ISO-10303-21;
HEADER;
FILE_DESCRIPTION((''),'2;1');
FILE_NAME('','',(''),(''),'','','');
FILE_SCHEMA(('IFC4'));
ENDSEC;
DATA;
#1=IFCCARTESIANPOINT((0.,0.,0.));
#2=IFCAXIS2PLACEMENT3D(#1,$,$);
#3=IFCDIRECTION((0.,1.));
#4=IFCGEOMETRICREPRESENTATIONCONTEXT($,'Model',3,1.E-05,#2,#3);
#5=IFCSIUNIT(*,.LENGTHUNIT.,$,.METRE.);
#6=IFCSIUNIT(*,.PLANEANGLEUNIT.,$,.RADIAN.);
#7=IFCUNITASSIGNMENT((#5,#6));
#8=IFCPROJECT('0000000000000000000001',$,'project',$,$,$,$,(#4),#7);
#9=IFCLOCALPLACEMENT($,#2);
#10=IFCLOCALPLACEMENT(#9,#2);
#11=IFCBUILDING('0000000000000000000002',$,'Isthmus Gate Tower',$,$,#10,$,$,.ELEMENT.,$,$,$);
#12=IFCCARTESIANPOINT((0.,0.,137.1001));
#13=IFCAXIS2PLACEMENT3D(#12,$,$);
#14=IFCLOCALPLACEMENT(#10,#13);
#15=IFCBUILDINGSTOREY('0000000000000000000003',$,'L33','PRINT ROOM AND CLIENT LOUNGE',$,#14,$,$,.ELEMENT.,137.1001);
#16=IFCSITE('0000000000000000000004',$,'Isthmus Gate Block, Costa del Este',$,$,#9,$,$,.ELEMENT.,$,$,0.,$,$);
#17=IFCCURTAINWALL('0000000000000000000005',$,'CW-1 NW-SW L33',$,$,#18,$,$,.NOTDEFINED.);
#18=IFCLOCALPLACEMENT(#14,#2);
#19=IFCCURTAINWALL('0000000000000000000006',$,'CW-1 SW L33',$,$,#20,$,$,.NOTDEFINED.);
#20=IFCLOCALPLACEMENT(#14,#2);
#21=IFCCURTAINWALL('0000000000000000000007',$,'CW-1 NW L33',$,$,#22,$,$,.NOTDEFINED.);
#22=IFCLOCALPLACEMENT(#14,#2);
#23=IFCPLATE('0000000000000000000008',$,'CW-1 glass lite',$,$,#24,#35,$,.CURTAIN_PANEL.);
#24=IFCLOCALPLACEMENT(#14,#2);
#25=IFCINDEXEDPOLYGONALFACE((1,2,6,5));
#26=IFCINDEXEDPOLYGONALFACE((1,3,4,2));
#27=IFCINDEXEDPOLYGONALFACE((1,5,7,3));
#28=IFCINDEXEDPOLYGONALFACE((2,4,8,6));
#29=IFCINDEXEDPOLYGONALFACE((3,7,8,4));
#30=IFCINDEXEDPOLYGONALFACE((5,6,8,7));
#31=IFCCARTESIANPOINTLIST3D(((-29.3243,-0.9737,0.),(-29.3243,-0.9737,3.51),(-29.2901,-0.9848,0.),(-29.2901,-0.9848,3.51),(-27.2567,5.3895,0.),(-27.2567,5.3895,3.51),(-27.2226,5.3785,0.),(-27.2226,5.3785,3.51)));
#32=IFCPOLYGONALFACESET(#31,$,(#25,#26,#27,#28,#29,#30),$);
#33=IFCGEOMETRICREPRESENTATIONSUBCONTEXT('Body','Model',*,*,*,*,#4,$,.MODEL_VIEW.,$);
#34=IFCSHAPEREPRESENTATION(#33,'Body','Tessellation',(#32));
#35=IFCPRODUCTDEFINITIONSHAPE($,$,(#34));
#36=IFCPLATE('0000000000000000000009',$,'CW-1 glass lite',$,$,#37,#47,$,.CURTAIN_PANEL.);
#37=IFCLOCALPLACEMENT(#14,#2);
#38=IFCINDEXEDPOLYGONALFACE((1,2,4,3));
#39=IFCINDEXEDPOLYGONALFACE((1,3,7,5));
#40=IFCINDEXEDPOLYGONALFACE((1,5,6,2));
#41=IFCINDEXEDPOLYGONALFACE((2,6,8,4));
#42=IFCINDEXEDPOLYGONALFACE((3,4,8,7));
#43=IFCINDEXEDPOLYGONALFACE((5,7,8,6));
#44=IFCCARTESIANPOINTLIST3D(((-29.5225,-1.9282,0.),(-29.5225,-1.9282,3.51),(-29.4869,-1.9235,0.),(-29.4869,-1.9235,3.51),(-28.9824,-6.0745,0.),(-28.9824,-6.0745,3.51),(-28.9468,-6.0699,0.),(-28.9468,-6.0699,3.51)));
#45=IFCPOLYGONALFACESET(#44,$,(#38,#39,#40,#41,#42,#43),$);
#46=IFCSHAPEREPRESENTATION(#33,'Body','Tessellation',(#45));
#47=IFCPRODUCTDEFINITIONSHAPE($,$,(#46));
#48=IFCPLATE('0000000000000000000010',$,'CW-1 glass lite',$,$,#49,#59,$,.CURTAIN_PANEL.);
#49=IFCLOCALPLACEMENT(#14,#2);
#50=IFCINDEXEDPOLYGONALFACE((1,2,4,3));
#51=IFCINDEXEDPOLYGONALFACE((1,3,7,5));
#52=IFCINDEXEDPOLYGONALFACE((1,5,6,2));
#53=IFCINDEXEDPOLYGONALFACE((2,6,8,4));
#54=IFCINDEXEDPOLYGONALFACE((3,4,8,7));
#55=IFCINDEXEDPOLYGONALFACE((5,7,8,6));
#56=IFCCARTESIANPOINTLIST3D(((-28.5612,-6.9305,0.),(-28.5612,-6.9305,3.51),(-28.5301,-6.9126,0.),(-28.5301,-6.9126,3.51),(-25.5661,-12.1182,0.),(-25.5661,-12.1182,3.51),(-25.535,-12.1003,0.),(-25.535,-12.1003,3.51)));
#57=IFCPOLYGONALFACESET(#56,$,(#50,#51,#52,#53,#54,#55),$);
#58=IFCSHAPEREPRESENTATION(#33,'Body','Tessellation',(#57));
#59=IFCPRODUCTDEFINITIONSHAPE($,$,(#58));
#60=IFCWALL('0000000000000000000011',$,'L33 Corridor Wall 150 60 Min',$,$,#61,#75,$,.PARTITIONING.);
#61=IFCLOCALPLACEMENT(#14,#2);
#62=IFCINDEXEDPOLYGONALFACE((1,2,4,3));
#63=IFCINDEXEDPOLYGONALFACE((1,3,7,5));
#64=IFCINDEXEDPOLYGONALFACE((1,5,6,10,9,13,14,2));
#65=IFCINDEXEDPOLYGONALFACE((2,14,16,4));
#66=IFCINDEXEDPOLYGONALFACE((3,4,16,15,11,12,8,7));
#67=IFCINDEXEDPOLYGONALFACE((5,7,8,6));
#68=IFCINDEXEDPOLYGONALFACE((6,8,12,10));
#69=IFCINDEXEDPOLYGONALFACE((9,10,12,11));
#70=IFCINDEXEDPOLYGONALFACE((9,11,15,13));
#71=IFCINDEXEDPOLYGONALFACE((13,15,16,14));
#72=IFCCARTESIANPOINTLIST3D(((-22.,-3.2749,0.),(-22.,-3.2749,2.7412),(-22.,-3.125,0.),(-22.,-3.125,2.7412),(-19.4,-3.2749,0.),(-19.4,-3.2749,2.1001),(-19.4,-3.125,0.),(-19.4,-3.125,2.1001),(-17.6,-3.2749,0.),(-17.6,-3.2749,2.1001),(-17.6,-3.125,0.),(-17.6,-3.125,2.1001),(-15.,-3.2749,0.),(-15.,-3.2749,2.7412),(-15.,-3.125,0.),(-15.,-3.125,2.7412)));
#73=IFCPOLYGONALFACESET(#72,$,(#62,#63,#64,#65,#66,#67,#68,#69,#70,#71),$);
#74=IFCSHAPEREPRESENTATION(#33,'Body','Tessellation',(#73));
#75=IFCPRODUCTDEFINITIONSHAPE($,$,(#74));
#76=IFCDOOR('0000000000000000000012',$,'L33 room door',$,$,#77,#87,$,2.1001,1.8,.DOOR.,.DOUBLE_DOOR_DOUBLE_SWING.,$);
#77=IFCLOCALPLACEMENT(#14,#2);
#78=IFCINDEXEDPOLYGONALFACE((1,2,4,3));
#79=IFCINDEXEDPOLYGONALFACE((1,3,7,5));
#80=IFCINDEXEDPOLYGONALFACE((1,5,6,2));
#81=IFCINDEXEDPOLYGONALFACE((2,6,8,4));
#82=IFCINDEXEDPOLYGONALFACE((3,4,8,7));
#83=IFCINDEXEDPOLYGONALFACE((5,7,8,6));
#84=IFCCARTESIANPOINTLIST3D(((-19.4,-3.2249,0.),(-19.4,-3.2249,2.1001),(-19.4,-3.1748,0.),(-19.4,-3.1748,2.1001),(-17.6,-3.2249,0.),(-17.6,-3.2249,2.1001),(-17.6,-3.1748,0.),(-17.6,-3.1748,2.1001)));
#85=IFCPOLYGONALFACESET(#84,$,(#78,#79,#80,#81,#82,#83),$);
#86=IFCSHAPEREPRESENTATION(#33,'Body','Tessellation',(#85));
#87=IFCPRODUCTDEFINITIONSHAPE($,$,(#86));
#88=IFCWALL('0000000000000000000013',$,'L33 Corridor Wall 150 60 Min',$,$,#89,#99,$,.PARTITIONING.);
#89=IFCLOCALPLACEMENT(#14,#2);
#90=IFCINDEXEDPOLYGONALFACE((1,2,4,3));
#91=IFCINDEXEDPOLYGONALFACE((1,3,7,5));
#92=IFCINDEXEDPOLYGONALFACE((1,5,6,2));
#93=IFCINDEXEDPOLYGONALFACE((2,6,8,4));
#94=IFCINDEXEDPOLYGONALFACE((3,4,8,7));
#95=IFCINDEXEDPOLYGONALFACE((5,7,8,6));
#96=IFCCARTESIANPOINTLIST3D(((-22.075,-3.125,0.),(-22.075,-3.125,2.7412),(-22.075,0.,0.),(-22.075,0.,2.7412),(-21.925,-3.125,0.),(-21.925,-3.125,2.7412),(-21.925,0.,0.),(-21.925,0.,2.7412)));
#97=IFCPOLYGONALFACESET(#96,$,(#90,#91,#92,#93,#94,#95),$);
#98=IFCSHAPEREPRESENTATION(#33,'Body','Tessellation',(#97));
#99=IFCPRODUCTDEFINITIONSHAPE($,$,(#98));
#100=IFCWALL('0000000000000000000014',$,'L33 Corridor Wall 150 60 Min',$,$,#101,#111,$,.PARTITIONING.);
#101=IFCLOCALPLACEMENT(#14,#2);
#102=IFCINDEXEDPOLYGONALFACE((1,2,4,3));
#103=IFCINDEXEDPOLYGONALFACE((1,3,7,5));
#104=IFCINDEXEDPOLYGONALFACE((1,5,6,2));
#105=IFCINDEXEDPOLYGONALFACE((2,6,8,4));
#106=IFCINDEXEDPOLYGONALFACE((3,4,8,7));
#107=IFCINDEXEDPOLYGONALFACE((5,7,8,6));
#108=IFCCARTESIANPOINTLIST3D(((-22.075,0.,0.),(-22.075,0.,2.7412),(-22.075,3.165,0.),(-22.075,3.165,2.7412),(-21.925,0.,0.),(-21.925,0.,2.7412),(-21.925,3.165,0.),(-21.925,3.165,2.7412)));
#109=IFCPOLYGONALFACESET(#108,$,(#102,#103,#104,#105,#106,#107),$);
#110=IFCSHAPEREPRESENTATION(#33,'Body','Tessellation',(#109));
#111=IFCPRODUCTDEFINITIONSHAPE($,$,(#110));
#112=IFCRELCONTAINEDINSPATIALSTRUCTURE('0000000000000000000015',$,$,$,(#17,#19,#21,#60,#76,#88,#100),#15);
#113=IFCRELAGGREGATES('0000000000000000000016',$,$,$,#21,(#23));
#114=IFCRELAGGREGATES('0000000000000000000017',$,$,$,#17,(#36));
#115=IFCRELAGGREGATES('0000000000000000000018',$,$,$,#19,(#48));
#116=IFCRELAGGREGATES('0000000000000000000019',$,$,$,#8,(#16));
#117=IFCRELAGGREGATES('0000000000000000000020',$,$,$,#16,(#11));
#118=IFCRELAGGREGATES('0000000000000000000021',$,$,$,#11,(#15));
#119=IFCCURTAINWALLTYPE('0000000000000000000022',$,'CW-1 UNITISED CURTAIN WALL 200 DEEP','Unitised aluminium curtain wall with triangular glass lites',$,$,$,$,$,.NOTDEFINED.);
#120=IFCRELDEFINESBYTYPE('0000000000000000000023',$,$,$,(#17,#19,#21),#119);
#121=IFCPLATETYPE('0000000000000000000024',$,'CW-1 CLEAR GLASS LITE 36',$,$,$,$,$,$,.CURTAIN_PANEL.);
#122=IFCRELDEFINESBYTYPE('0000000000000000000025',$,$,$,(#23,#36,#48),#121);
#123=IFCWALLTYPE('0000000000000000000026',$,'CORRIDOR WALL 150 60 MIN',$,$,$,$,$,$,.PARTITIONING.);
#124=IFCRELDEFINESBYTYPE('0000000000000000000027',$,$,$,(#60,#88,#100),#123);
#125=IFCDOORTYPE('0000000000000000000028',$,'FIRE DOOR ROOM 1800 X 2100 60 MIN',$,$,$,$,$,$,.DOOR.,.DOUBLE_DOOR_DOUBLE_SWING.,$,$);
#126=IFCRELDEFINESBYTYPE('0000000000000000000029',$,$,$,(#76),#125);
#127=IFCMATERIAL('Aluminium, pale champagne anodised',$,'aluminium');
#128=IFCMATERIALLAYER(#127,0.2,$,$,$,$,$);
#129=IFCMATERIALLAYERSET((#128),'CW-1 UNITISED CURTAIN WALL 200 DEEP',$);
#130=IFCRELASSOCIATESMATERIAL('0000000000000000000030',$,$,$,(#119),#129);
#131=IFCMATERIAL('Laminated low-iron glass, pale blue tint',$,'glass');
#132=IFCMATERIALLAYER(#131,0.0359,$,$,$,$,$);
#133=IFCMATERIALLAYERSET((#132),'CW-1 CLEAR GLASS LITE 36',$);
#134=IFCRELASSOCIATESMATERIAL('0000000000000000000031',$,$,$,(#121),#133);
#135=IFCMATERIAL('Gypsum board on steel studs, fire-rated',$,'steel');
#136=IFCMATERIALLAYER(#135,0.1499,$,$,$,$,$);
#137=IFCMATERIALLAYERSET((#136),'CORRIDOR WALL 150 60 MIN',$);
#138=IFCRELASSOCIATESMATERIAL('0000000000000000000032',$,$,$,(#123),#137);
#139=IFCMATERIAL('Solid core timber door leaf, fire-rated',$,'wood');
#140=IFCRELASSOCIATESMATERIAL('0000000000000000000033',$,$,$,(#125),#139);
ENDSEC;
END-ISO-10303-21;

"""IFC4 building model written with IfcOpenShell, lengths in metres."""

from ifc_helpers import new_model, si_unit, direction, frame, frame_2d, origin, origin_2d, place, context, subcontext, project, spatial, rectangle, extrude, material, layer, layer_set, type_object, element, fill, aggregate, save


model = new_model("IFC4")

# Units and contexts
model_context = context("Model", 3, precision=1e-05, world=origin(), true_north=direction((0.0, 1.0)))
body_context = subcontext(model_context, "Body", "Model", "MODEL_VIEW")
ifc_project = project(units=[si_unit("LENGTHUNIT", "METRE"), si_unit("PLANEANGLEUNIT", "RADIAN")], contexts=[model_context])

# Site, building, storey
site_placement = place(None, origin())
site = spatial("IfcSite", under=ifc_project, at=site_placement, Name="Isthmus Gate Block, Costa del Este", CompositionType="ELEMENT", RefElevation=0.0)
building_placement = place(site_placement, origin())
building = spatial("IfcBuilding", under=site, at=building_placement, Name="Isthmus Gate Tower", CompositionType="ELEMENT")
storey_placement = place(building_placement, frame((0.0, 0.0, 137.1001)))
storey = spatial("IfcBuildingStorey", under=building, at=storey_placement, Name="L33", Description="PRINT ROOM AND CLIENT LOUNGE", CompositionType="ELEMENT", Elevation=137.1001)

# Curtain walls
ifc_material_1 = material(Name="Aluminium, pale champagne anodised", Category="aluminium")
ifc_layer_1 = layer(ifc_material_1, 0.2)
ifc_layer_set_1 = layer_set([ifc_layer_1], Name="CW-1 UNITISED CURTAIN WALL 200 DEEP")
curtain_wall_type = type_object("IfcCurtainWallType", Name="CW-1 UNITISED CURTAIN WALL 200 DEEP", Description="Unitised aluminium curtain wall with triangular glass lites", PredefinedType="NOTDEFINED", material=ifc_layer_set_1)
curtain_wall_1_placement = place(storey_placement, origin())
curtain_wall_1 = element("IfcCurtainWall", 1, at=curtain_wall_1_placement, inside=storey, type_object=curtain_wall_type, Name="CW-1 NW-SW L33", PredefinedType="NOTDEFINED")
curtain_wall_2_placement = place(storey_placement, origin())
curtain_wall_2 = element("IfcCurtainWall", 2, at=curtain_wall_2_placement, inside=storey, type_object=curtain_wall_type, Name="CW-1 SW L33", PredefinedType="NOTDEFINED")

# Curtain wall, plate
curtain_wall_3_placement = place(storey_placement, origin())
curtain_wall_3 = element("IfcCurtainWall", 3, at=curtain_wall_3_placement, inside=storey, type_object=curtain_wall_type, Name="CW-1 NW L33", PredefinedType="NOTDEFINED")
ifc_material_2 = material(Name="Laminated low-iron glass, pale blue tint", Category="glass")
ifc_layer_2 = layer(ifc_material_2, 0.0359)
ifc_layer_set_2 = layer_set([ifc_layer_2], Name="CW-1 CLEAR GLASS LITE 36")
plate_type = type_object("IfcPlateType", Name="CW-1 CLEAR GLASS LITE 36", PredefinedType="CURTAIN_PANEL", material=ifc_layer_set_2)
plate_1_placement = place(storey_placement, frame((-28.2734, 2.2024, 0.0), z_axis=(0.0, 0.0, 1.0), x_axis=(-0.309017, -0.951057, 0.0)))
plate_1 = element("IfcPlate", 4, at=plate_1_placement, type_object=plate_type, Name="CW-1 glass lite", PredefinedType="CURTAIN_PANEL", context=body_context, shape_type="SweptSolid", body=[
    extrude(rectangle(XDim=6.6907, YDim=0.0359, at=origin_2d()), origin(), (0.0, 0.0, 1.0), 3.51),
])
aggregate(curtain_wall_3, [plate_1])

# Plates
plate_2_placement = place(storey_placement, frame((-29.2346, -3.999, 0.0), z_axis=(0.0, 0.0, 1.0), x_axis=(0.129165, -0.991623, 0.0)))
plate_2 = element("IfcPlate", 5, at=plate_2_placement, type_object=plate_type, Name="CW-1 glass lite", PredefinedType="CURTAIN_PANEL", context=body_context, shape_type="SweptSolid", body=[
    extrude(rectangle(XDim=4.1814, YDim=0.0359, at=origin_2d()), origin(), (0.0, 0.0, 1.0), 3.51),
])
aggregate(curtain_wall_1, [plate_2])
plate_3_placement = place(storey_placement, frame((-27.0481, -9.5154, 0.0), z_axis=(0.0, 0.0, 1.0), x_axis=(0.5, -0.866025, 0.0)))
plate_3 = element("IfcPlate", 6, at=plate_3_placement, type_object=plate_type, Name="CW-1 glass lite", PredefinedType="CURTAIN_PANEL", context=body_context, shape_type="SweptSolid", body=[
    extrude(rectangle(XDim=5.9902, YDim=0.0359, at=origin_2d()), origin(), (0.0, 0.0, 1.0), 3.51),
])
aggregate(curtain_wall_2, [plate_3])

# Wall, opening, door
ifc_material_3 = material(Name="Gypsum board on steel studs, fire-rated", Category="steel")
ifc_layer_3 = layer(ifc_material_3, 0.1499)
ifc_layer_set_3 = layer_set([ifc_layer_3], Name="CORRIDOR WALL 150 60 MIN")
wall_type_1 = type_object("IfcWallType", Name="CORRIDOR WALL 150 60 MIN", PredefinedType="PARTITIONING", material=ifc_layer_set_3)
wall_1_placement = place(storey_placement, frame((-15.0, -3.2, 0.0), z_axis=(0.0, 0.0, 1.0), x_axis=(-1.0, 0.0, 0.0)))
wall_1 = element("IfcWall", 7, at=wall_1_placement, inside=storey, type_object=wall_type_1, Name="L33 Corridor Wall 150 60 Min", PredefinedType="PARTITIONING", context=body_context, shape_type="SweptSolid", body=[
    extrude(rectangle(XDim=7.0, YDim=0.1499, at=frame_2d((3.5, 0.0))), origin(), (0.0, 0.0, 1.0), 2.7412),
])
opening_1_placement = place(wall_1_placement, frame((2.6001, 0.0, 0.0)))
opening_1 = element("IfcOpeningElement", 8, at=opening_1_placement, cuts=wall_1, PredefinedType="OPENING", context=body_context, shape_type="SweptSolid", body=[
    extrude(rectangle(XDim=1.8, YDim=2.1001, at=frame_2d((0.8999, 1.05))), frame((0.0, 0.085, 0.0), z_axis=(0.0, -1.0, 0.0), x_axis=(1.0, 0.0, 0.0)), (0.0, 0.0, 1.0), 0.1699),
])
ifc_material_4 = material(Name="Solid core timber door leaf, fire-rated", Category="wood")
door_type_1 = type_object("IfcDoorType", Name="FIRE DOOR ROOM 1800 X 2100 60 MIN", OperationType="DOUBLE_DOOR_DOUBLE_SWING", PredefinedType="DOOR", material=ifc_material_4)
door_1_placement = place(opening_1_placement, origin())
door_1 = element("IfcDoor", 9, at=door_1_placement, inside=storey, type_object=door_type_1, Name="L33 room door", OperationType="DOUBLE_DOOR_DOUBLE_SWING", OverallHeight=2.1001, OverallWidth=1.8, PredefinedType="DOOR", context=body_context, shape_type="SweptSolid", body=[
    extrude(rectangle(XDim=1.8, YDim=2.1001, at=frame_2d((0.8999, 1.05))), frame((0.0, 0.0249, 0.0), z_axis=(0.0, -1.0, 0.0), x_axis=(1.0, 0.0, 0.0)), (0.0, 0.0, 1.0), 0.05),
])
fill(opening_1, door_1)

# Walls
wall_2_placement = place(storey_placement, frame((-22.0, -3.125, 0.0), z_axis=(0.0, 0.0, 1.0), x_axis=(0.0, 1.0, 0.0)))
element("IfcWall", 10, at=wall_2_placement, inside=storey, type_object=wall_type_1, Name="L33 Corridor Wall 150 60 Min", PredefinedType="PARTITIONING", context=body_context, shape_type="SweptSolid", body=[
    extrude(rectangle(XDim=3.125, YDim=0.1499, at=frame_2d((1.5625, 0.0))), origin(), (0.0, 0.0, 1.0), 2.7412),
])
wall_3_placement = place(storey_placement, frame((-22.0, 0.0, 0.0), z_axis=(0.0, 0.0, 1.0), x_axis=(0.0, 1.0, 0.0)))
element("IfcWall", 11, at=wall_3_placement, inside=storey, type_object=wall_type_1, Name="L33 Corridor Wall 150 60 Min", PredefinedType="PARTITIONING", context=body_context, shape_type="SweptSolid", body=[
    extrude(rectangle(XDim=3.165, YDim=0.1499, at=frame_2d((1.5825, 0.0))), origin(), (0.0, 0.0, 1.0), 2.7412),
])

save(model, "model.ifc")
